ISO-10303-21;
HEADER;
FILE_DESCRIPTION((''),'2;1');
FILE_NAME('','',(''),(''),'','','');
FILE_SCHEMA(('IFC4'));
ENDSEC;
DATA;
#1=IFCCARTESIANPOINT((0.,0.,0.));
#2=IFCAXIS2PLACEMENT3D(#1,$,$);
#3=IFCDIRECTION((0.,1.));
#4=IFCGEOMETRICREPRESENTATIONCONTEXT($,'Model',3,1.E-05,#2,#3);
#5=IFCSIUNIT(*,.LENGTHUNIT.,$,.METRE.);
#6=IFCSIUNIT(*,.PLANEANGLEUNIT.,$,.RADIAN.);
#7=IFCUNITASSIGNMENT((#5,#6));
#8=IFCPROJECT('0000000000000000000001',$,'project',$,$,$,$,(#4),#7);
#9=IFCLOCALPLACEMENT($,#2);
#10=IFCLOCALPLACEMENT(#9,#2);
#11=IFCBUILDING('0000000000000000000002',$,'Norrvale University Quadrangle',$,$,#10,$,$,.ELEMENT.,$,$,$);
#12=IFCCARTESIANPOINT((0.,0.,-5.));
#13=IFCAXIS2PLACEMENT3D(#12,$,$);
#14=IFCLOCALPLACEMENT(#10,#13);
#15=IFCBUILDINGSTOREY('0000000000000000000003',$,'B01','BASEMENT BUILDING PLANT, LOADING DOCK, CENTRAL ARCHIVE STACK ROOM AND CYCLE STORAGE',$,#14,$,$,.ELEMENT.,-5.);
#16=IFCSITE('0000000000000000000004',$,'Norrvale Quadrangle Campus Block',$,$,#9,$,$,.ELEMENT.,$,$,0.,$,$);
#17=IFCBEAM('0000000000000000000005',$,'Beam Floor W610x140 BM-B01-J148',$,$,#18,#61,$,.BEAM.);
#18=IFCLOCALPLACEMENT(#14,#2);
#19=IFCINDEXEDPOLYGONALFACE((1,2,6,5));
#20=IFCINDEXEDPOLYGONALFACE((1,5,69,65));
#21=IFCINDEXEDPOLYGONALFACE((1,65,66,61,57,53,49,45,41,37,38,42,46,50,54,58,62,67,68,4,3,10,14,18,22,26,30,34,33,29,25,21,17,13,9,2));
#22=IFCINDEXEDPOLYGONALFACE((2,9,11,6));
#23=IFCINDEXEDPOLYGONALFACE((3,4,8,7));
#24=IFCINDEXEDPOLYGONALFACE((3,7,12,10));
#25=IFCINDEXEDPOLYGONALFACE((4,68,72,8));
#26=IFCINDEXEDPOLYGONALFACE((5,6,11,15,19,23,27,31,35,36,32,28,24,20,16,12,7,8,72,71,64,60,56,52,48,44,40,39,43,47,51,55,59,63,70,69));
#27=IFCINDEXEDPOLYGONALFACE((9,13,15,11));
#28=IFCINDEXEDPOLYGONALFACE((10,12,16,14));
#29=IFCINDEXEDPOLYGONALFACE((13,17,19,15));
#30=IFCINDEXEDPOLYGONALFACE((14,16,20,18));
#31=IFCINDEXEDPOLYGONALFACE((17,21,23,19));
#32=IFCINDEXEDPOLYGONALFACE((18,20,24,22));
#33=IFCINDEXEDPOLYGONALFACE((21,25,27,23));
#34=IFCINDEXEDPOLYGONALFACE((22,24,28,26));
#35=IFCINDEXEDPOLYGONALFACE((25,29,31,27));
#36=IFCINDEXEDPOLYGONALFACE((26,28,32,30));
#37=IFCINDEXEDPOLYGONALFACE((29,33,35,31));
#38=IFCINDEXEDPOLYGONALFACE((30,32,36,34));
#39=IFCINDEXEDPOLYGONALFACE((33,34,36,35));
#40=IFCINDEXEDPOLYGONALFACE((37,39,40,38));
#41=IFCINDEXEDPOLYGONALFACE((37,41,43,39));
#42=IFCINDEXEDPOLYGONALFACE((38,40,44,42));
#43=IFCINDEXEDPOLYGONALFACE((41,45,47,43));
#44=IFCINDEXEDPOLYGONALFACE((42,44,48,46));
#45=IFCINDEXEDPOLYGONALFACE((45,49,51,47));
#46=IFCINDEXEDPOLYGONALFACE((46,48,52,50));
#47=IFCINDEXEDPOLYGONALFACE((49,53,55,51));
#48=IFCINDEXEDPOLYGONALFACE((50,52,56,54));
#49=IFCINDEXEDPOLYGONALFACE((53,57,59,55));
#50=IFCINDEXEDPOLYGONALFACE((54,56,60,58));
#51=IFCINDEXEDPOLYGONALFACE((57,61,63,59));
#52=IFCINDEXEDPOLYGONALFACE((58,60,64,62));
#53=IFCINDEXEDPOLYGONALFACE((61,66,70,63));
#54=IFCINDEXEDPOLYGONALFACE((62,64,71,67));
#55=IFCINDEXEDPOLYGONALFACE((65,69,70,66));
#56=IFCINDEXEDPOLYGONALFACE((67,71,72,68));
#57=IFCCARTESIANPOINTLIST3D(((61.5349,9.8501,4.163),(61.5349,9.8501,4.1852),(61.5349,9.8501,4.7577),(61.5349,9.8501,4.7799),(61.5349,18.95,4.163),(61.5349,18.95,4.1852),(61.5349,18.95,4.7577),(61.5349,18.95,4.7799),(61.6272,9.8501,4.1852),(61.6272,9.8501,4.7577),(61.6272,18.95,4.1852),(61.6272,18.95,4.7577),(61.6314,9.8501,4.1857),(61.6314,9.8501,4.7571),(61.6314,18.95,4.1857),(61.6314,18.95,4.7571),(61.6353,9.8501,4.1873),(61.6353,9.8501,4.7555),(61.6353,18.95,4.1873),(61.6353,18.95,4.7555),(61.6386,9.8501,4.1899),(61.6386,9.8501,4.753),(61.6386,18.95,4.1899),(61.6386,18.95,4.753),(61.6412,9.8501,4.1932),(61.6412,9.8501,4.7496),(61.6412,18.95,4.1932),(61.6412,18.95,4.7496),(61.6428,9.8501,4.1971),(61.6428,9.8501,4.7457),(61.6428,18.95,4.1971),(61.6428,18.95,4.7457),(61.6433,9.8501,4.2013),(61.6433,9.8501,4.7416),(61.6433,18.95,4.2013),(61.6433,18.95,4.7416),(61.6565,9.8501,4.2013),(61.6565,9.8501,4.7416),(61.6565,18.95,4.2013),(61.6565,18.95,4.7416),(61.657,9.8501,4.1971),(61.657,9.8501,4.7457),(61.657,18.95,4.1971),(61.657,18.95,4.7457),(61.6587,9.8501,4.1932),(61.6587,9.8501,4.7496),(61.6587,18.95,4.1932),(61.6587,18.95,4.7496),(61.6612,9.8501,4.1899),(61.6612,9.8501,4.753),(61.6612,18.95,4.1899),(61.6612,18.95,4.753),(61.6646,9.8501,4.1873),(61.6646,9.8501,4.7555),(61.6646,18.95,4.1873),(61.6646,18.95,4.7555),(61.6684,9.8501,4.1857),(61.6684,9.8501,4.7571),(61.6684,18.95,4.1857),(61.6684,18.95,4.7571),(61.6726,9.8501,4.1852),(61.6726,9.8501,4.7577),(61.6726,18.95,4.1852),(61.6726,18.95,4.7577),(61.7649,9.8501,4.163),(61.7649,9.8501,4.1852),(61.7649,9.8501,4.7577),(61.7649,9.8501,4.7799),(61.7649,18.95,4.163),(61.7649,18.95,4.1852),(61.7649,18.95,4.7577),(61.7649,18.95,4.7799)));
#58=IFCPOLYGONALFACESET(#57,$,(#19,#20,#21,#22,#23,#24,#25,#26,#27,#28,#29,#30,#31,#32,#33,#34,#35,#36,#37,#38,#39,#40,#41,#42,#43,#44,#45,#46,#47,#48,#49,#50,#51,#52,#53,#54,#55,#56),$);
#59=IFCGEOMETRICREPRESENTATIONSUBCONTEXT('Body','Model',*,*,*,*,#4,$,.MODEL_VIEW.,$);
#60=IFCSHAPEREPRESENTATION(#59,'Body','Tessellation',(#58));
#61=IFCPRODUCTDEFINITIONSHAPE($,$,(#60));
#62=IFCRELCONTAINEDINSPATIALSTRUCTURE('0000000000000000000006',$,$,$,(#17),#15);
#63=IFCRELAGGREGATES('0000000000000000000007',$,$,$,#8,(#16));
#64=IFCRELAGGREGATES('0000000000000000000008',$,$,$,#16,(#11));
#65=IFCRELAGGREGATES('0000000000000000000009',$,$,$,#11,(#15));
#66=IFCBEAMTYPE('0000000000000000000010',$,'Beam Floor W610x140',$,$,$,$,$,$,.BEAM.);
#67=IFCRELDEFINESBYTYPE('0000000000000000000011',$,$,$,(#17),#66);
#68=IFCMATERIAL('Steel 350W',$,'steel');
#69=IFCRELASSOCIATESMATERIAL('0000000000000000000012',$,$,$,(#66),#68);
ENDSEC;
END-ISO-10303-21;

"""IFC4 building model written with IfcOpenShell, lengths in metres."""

from ifc_helpers import new_model, si_unit, direction, frame, origin, origin_2d, place, context, subcontext, project, spatial, i_section, extrude, material, material_profile, profile_set, type_object, element, save


model = new_model("IFC4")

# Units and contexts
model_context = context("Model", 3, precision=1e-05, world=origin(), true_north=direction((0.0, 1.0)))
body_context = subcontext(model_context, "Body", "Model", "MODEL_VIEW")
ifc_project = project(units=[si_unit("LENGTHUNIT", "METRE"), si_unit("PLANEANGLEUNIT", "RADIAN")], contexts=[model_context])

# Site, building, storey
site_placement = place(None, origin())
site = spatial("IfcSite", under=ifc_project, at=site_placement, Name="Norrvale Quadrangle Campus Block", CompositionType="ELEMENT", RefElevation=0.0)
building_placement = place(site_placement, origin())
building = spatial("IfcBuilding", under=site, at=building_placement, Name="Norrvale University Quadrangle", CompositionType="ELEMENT")
storey_placement = place(building_placement, frame((0.0, 0.0, -5.0)))
storey = spatial("IfcBuildingStorey", under=building, at=storey_placement, Name="B01", Description="BASEMENT BUILDING PLANT, LOADING DOCK, CENTRAL ARCHIVE STACK ROOM AND CYCLE STORAGE", CompositionType="ELEMENT", Elevation=-5.0)

# Beam
ifc_material_1 = material(Name="Steel 350W", Category="steel")
ifc_material_profile_1 = material_profile(ifc_material_1, i_section(OverallWidth=0.23, OverallDepth=0.6169, WebThickness=0.0132, FlangeThickness=0.0222, FilletRadius=0.0161, at=origin_2d()), Name="Steel 350W")
ifc_profile_set_1 = profile_set([ifc_material_profile_1], Name="Steel 350W")
beam_type_1 = type_object("IfcBeamType", Name="Beam Floor W610x140", PredefinedType="BEAM", material=ifc_profile_set_1)
beam_1_placement = place(storey_placement, frame((61.6499, 9.8501, 4.4714), z_axis=(0.0, 1.0, 0.0), x_axis=(-1.0, 0.0, 0.0)))
element("IfcBeam", 1, at=beam_1_placement, inside=storey, type_object=beam_type_1, Name="Beam Floor W610x140 BM-B01-J148", PredefinedType="BEAM", context=body_context, shape_type="SweptSolid", body=[
    extrude(i_section(OverallWidth=0.23, OverallDepth=0.6169, WebThickness=0.0132, FlangeThickness=0.0222, FilletRadius=0.0161, at=origin_2d()), origin(), (0.0, 0.0, 1.0), 9.0999),
])

save(model, "model.ifc")
